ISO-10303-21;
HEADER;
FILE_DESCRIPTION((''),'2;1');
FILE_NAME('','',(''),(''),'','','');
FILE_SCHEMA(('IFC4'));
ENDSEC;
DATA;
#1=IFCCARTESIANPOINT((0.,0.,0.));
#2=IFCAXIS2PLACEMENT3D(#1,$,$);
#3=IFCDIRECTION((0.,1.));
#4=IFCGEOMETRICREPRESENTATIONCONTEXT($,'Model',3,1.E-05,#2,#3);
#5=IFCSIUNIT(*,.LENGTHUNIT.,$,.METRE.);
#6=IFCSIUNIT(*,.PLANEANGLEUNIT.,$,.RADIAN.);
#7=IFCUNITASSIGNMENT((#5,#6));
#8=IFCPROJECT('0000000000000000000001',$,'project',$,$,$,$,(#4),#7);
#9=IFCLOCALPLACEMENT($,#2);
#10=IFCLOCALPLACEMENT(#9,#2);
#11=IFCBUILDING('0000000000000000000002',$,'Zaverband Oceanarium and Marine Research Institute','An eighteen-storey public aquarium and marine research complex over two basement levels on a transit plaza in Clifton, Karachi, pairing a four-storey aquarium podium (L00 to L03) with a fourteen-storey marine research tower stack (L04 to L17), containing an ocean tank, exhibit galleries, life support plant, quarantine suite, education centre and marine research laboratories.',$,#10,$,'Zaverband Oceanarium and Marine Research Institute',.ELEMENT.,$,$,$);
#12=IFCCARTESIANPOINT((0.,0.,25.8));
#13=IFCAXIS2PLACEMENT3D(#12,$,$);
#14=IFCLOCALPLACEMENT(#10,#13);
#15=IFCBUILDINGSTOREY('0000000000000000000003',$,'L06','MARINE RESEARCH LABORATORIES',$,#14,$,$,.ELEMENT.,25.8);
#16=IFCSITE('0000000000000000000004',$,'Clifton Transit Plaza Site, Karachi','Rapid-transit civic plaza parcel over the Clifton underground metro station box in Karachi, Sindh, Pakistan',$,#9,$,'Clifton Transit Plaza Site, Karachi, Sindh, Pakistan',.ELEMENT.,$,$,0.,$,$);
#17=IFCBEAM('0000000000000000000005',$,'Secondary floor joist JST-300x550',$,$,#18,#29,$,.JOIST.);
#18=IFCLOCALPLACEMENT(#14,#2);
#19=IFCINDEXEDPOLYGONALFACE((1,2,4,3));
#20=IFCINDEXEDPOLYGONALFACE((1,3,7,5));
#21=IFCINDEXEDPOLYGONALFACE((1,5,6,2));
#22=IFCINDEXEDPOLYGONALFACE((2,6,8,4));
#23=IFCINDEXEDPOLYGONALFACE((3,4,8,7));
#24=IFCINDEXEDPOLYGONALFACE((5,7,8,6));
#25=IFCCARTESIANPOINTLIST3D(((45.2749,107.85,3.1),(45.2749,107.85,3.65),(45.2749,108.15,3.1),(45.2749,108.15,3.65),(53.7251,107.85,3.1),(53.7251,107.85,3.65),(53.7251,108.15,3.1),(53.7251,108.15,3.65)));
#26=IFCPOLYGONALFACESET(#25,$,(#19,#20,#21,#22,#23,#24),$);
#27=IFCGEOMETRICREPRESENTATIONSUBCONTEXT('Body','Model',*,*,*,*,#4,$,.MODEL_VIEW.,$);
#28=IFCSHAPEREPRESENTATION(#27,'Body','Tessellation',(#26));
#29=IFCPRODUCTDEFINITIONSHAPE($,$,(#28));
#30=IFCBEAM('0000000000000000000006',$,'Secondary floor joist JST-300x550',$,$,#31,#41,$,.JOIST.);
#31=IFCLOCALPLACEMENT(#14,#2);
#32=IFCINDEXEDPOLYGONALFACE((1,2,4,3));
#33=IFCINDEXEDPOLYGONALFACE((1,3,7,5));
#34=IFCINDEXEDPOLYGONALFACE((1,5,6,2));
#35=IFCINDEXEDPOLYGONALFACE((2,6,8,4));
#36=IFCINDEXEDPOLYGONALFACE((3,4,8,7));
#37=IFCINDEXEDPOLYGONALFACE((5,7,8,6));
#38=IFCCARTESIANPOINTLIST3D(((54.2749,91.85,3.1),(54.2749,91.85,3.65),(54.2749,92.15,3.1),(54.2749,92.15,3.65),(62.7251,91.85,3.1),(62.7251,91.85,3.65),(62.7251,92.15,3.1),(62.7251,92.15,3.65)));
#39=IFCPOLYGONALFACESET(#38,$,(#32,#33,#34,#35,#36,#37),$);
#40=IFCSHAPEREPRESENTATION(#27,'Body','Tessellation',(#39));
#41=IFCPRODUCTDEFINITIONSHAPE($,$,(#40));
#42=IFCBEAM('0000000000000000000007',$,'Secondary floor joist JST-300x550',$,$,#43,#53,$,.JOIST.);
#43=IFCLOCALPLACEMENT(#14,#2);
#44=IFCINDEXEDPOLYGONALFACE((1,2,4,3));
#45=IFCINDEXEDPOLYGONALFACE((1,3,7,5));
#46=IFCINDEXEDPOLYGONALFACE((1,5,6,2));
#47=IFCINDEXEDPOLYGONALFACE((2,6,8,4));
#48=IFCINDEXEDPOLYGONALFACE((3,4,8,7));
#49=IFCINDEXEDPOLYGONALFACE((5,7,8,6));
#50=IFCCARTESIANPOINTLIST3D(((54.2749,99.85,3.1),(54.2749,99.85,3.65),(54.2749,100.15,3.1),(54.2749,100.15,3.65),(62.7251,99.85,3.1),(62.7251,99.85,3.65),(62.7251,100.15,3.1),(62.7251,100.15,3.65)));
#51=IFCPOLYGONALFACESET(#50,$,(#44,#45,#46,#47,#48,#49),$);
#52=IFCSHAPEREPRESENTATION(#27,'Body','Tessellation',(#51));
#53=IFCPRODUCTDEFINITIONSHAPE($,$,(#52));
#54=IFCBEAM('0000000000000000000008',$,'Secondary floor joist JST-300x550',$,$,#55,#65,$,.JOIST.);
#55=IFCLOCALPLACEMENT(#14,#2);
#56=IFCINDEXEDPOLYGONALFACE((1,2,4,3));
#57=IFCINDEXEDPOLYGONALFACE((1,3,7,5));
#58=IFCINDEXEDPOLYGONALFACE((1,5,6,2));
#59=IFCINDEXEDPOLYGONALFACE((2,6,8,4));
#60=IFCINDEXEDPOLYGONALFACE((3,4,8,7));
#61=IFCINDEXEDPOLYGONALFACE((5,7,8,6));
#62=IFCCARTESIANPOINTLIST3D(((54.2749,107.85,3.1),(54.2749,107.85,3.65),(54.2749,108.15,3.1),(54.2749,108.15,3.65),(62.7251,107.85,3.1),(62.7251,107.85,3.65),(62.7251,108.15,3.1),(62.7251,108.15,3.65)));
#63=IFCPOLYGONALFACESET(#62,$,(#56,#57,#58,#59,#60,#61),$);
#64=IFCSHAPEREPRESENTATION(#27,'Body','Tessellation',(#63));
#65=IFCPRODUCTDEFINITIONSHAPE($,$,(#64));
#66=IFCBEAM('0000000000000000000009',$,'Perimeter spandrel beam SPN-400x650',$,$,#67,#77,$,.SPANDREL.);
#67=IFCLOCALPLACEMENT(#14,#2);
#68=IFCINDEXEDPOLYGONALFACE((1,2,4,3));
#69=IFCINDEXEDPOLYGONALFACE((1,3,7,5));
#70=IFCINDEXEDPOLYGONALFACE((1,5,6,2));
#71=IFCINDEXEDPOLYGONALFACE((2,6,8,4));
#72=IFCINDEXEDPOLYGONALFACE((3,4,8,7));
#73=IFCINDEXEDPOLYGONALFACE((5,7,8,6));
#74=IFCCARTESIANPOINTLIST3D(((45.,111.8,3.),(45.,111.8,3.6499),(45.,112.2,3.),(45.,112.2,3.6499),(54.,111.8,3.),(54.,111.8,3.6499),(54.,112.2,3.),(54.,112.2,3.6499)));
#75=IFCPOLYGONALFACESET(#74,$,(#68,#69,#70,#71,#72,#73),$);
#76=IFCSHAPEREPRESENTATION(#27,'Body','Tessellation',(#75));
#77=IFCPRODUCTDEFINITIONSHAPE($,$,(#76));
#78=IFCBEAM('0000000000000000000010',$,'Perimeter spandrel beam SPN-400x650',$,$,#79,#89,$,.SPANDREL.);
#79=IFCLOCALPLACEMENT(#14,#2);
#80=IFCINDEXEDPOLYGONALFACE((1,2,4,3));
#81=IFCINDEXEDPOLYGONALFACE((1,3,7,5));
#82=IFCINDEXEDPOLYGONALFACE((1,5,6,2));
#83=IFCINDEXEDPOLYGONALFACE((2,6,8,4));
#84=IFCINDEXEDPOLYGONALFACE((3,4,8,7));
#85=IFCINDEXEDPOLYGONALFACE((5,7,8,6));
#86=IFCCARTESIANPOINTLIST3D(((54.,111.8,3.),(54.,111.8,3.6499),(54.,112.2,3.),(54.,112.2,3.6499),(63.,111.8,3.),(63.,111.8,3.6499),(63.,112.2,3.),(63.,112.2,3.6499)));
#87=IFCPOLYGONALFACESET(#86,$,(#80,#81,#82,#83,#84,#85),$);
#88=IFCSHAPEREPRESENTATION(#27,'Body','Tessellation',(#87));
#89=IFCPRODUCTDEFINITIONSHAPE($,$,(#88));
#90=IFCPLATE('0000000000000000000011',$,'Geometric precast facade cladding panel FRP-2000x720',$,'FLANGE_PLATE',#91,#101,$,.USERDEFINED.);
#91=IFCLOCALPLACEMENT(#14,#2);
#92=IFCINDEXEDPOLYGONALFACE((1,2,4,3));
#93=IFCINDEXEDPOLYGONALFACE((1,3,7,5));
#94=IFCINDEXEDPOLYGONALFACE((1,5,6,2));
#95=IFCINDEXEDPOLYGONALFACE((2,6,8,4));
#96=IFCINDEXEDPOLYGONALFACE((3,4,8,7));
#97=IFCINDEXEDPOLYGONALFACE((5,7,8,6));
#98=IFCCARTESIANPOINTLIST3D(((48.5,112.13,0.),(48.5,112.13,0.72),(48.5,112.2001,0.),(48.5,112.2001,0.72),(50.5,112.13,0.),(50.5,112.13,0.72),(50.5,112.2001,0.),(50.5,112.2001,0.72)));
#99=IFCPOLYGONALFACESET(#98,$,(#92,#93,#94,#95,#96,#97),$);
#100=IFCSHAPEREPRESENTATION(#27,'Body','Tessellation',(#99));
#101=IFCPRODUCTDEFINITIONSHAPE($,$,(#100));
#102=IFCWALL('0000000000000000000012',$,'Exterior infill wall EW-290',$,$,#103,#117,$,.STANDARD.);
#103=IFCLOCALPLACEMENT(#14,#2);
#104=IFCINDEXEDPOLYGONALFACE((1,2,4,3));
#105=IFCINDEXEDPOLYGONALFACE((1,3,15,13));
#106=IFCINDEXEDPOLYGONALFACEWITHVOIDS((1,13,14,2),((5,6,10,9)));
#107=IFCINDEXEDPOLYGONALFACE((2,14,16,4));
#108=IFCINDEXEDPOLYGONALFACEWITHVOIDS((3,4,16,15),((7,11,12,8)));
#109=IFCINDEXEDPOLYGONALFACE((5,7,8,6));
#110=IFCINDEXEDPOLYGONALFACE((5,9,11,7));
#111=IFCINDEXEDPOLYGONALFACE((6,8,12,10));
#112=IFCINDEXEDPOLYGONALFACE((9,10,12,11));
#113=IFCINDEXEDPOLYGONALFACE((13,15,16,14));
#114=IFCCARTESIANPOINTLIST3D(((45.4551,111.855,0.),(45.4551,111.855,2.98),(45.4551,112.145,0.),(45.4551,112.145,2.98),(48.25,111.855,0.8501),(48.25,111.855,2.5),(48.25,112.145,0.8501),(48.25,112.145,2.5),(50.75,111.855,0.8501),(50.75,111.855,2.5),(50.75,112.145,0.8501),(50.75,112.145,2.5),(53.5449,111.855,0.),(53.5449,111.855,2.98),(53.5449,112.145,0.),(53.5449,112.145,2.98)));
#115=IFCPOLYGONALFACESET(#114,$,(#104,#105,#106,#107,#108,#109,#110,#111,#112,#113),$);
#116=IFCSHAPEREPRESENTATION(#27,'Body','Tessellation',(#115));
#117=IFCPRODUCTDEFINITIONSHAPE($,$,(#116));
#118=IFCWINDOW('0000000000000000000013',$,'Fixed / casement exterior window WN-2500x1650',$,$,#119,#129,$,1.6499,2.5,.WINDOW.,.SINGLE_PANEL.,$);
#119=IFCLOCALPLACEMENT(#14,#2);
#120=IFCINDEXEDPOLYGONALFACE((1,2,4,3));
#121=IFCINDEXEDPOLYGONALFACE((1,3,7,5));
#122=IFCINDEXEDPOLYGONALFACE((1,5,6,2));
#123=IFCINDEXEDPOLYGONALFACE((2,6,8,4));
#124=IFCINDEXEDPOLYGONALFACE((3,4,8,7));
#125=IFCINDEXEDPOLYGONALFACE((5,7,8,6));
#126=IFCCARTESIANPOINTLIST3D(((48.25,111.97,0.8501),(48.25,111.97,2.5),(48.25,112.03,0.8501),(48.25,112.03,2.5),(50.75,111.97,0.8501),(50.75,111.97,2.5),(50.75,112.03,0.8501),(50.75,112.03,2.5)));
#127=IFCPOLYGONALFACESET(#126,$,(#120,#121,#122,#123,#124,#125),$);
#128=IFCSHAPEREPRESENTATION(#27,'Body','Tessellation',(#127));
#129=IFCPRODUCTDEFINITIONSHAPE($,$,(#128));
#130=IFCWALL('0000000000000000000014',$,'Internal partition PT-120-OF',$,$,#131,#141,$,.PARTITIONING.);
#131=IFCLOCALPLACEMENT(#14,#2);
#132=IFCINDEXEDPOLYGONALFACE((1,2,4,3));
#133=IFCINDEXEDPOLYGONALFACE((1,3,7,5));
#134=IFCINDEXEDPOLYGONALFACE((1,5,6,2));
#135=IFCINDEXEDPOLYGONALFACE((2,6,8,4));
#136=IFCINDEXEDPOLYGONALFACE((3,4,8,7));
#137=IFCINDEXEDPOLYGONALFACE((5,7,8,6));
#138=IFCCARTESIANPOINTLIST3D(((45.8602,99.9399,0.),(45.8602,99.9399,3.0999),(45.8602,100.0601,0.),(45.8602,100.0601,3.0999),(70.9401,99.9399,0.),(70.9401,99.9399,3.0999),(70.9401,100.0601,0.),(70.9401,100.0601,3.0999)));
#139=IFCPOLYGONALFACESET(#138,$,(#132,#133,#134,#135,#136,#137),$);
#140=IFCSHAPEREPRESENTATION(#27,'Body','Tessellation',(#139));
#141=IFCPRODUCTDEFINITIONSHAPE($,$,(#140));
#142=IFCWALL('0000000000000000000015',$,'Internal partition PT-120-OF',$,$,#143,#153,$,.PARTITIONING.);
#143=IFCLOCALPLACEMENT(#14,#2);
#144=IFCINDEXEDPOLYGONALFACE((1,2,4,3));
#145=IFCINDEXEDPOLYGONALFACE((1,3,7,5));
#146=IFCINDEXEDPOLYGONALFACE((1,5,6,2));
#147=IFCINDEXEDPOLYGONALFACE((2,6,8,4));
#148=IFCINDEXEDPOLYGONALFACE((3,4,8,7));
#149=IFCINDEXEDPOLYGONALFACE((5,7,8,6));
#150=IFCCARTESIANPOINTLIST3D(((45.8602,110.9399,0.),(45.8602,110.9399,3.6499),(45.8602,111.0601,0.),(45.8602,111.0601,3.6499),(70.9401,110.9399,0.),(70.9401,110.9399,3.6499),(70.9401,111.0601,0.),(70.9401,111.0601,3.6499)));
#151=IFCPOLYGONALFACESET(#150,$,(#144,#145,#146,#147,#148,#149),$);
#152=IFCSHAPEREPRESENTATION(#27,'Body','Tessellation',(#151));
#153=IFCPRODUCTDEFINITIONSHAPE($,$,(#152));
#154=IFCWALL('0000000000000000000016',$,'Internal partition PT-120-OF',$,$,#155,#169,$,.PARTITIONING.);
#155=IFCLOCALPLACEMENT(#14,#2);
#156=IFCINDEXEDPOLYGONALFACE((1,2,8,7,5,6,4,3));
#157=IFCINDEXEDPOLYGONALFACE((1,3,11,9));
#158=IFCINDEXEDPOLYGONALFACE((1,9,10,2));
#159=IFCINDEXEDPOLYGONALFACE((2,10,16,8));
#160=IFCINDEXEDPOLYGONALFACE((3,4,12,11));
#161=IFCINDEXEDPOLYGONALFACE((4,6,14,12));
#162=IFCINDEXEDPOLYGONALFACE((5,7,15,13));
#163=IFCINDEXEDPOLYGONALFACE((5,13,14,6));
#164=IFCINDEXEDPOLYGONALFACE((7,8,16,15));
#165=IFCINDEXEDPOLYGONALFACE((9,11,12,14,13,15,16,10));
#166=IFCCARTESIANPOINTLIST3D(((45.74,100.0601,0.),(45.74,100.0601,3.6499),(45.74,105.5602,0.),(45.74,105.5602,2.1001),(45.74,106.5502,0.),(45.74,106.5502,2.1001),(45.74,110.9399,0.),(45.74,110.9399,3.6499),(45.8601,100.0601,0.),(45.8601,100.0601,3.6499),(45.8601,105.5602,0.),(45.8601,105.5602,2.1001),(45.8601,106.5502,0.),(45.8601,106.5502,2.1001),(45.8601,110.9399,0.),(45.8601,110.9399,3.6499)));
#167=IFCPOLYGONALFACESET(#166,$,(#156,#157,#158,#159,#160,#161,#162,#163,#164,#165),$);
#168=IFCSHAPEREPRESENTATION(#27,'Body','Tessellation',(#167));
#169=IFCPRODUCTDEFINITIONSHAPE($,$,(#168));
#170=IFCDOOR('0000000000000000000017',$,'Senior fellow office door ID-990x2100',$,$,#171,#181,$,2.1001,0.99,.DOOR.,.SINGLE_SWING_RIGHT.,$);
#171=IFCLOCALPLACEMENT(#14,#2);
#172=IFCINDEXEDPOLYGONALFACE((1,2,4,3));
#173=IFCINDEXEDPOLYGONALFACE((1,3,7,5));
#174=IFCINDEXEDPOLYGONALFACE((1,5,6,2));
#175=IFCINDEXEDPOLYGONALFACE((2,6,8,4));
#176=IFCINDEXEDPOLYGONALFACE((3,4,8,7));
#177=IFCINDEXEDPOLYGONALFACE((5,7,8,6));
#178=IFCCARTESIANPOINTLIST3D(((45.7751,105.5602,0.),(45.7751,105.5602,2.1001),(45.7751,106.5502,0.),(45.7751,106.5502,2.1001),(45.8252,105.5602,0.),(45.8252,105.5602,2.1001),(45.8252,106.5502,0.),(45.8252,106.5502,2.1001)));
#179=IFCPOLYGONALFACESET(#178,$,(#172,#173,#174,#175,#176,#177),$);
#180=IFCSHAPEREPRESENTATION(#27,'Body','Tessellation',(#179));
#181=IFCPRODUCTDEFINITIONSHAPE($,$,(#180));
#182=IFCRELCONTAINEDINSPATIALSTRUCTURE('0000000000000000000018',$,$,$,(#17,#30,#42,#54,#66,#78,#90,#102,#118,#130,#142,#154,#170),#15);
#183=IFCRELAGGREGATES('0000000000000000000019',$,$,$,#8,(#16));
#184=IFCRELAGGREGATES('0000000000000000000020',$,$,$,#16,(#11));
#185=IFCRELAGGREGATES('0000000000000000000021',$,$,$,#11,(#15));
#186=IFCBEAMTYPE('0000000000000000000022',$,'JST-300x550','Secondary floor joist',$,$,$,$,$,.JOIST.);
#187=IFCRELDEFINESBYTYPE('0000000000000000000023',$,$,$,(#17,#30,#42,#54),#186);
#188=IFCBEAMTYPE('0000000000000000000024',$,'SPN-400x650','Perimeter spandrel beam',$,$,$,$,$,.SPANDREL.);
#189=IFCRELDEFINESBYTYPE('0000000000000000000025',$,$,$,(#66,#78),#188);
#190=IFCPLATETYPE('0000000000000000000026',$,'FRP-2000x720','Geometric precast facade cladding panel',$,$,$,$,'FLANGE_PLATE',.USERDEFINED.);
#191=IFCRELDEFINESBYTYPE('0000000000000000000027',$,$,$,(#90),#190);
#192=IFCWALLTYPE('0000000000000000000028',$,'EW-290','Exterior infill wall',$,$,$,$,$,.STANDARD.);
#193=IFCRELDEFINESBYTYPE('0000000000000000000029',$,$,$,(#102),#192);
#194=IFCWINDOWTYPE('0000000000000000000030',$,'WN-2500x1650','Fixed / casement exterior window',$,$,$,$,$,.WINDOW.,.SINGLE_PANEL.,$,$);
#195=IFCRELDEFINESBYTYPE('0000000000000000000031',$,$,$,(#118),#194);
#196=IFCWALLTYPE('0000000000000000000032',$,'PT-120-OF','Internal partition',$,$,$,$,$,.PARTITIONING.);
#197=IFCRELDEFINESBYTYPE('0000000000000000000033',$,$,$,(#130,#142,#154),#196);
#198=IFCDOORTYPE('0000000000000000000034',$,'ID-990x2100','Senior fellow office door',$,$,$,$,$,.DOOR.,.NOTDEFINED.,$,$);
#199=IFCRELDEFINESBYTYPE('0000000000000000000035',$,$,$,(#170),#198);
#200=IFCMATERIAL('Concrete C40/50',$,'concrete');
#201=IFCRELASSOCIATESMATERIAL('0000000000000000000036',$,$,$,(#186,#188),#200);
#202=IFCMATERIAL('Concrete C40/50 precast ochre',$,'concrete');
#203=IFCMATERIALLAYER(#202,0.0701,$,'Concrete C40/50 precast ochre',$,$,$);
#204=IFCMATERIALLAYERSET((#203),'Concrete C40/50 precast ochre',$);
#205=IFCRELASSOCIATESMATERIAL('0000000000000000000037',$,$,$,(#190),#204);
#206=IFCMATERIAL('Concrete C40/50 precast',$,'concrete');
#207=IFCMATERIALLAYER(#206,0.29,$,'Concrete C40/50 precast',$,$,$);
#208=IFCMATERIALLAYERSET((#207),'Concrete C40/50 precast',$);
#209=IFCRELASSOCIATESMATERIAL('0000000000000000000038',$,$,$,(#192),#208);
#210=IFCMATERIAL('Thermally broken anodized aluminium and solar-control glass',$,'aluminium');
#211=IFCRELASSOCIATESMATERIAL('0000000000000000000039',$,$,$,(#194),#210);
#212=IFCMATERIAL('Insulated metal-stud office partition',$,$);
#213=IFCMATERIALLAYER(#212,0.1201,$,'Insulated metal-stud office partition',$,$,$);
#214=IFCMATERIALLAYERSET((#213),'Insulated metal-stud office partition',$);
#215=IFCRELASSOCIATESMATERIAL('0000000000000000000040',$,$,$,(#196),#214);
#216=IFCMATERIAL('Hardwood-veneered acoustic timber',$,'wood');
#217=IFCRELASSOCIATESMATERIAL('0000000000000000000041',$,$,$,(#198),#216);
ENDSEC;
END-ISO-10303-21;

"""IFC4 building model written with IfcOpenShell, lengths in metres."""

from ifc_helpers import new_model, si_unit, direction, frame, frame_2d, origin, origin_2d, place, context, subcontext, project, spatial, rectangle, extrude, material, layer, layer_set, material_profile, profile_set, type_object, element, fill, save


model = new_model("IFC4")

# Units and contexts
model_context = context("Model", 3, precision=1e-05, world=origin(), true_north=direction((0.0, 1.0)))
body_context = subcontext(model_context, "Body", "Model", "MODEL_VIEW")
ifc_project = project(units=[si_unit("LENGTHUNIT", "METRE"), si_unit("PLANEANGLEUNIT", "RADIAN")], contexts=[model_context])

# Site, building, storey
site_placement = place(None, origin())
site = spatial("IfcSite", under=ifc_project, at=site_placement, Name="Clifton Transit Plaza Site, Karachi", Description="Rapid-transit civic plaza parcel over the Clifton underground metro station box in Karachi, Sindh, Pakistan", LongName="Clifton Transit Plaza Site, Karachi, Sindh, Pakistan", CompositionType="ELEMENT", RefElevation=0.0)
building_placement = place(site_placement, origin())
building = spatial("IfcBuilding", under=site, at=building_placement, Name="Zaverband Oceanarium and Marine Research Institute", Description="An eighteen-storey public aquarium and marine research complex over two basement levels on a transit plaza in Clifton, Karachi, pairing a four-storey aquarium podium (L00 to L03) with a fourteen-storey marine research tower stack (L04 to L17), containing an ocean tank, exhibit galleries, life support plant, quarantine suite, education centre and marine research laboratories.", LongName="Zaverband Oceanarium and Marine Research Institute", CompositionType="ELEMENT")
storey_placement = place(building_placement, frame((0.0, 0.0, 25.8)))
storey = spatial("IfcBuildingStorey", under=building, at=storey_placement, Name="L06", Description="MARINE RESEARCH LABORATORIES", CompositionType="ELEMENT", Elevation=25.8)

# Shared definitions
ifc_material_1 = material(Name="Concrete C40/50", Category="concrete")

# Beams
ifc_material_profile_1 = material_profile(ifc_material_1, rectangle(XDim=0.3, YDim=0.55, at=origin_2d()), Name="RC300x550")
ifc_profile_set_1 = profile_set([ifc_material_profile_1], Name="Concrete C40/50")
beam_type_1 = type_object("IfcBeamType", Name="JST-300x550", Description="Secondary floor joist", PredefinedType="JOIST", material=ifc_profile_set_1)
for number, where, z_axis, x_axis, name in (
    (1, (45.2749, 108.0, 3.375), (1.0, 0.0, 0.0), (0.0, 1.0, 0.0), "Secondary floor joist JST-300x550"),
    (2, (54.2749, 92.0, 3.375), (1.0, 0.0, 0.0), (0.0, 1.0, 0.0), "Secondary floor joist JST-300x550"),
    (3, (54.2749, 100.0, 3.375), (1.0, 0.0, 0.0), (0.0, 1.0, 0.0), "Secondary floor joist JST-300x550"),
    (4, (54.2749, 108.0, 3.375), (1.0, 0.0, 0.0), (0.0, 1.0, 0.0), "Secondary floor joist JST-300x550"),
):
    element("IfcBeam", number, at=place(storey_placement, frame(where, z_axis=z_axis, x_axis=x_axis)), inside=storey, type_object=beam_type_1, Name=name, PredefinedType="JOIST", context=body_context, shape_type="SweptSolid", body=[
        extrude(rectangle(XDim=0.3, YDim=0.55, at=origin_2d()), origin(), (0.0, 0.0, 1.0), 8.4502),
    ])
ifc_material_profile_2 = material_profile(ifc_material_1, rectangle(XDim=0.3999, YDim=0.6499, at=origin_2d()), Name="RC400x650")
ifc_profile_set_2 = profile_set([ifc_material_profile_2], Name="Concrete C40/50")
beam_type_2 = type_object("IfcBeamType", Name="SPN-400x650", Description="Perimeter spandrel beam", PredefinedType="SPANDREL", material=ifc_profile_set_2)
for number, where, z_axis, x_axis, name in (
    (5, (45.0, 112.0, 3.325), (1.0, 0.0, 0.0), (0.0, 1.0, 0.0), "Perimeter spandrel beam SPN-400x650"),
    (6, (54.0, 112.0, 3.325), (1.0, 0.0, 0.0), (0.0, 1.0, 0.0), "Perimeter spandrel beam SPN-400x650"),
):
    element("IfcBeam", number, at=place(storey_placement, frame(where, z_axis=z_axis, x_axis=x_axis)), inside=storey, type_object=beam_type_2, Name=name, PredefinedType="SPANDREL", context=body_context, shape_type="SweptSolid", body=[
        extrude(rectangle(XDim=0.3999, YDim=0.6499, at=origin_2d()), origin(), (0.0, 0.0, 1.0), 9.0),
    ])

# Plate
ifc_material_2 = material(Name="Concrete C40/50 precast ochre", Category="concrete")
ifc_layer_1 = layer(ifc_material_2, 0.0701, Name="Concrete C40/50 precast ochre")
ifc_layer_set_1 = layer_set([ifc_layer_1], Name="Concrete C40/50 precast ochre")
plate_type = type_object("IfcPlateType", Name="FRP-2000x720", Description="Geometric precast facade cladding panel", ElementType="FLANGE_PLATE", PredefinedType="USERDEFINED", material=ifc_layer_set_1)
plate_placement = place(storey_placement, frame((48.5, 112.165, 0.0), z_axis=(0.0, 0.0, 1.0), x_axis=(1.0, 0.0, 0.0)))
element("IfcPlate", 7, at=plate_placement, inside=storey, type_object=plate_type, Name="Geometric precast facade cladding panel FRP-2000x720", ObjectType="FLANGE_PLATE", PredefinedType="USERDEFINED", context=body_context, shape_type="SweptSolid", body=[
    extrude(rectangle(XDim=2.0, YDim=0.0701, at=frame_2d((1.0, 0.0))), origin(), (0.0, 0.0, 1.0), 0.72),
])

# Wall, opening, window
ifc_material_3 = material(Name="Concrete C40/50 precast", Category="concrete")
ifc_layer_2 = layer(ifc_material_3, 0.29, Name="Concrete C40/50 precast")
ifc_layer_set_2 = layer_set([ifc_layer_2], Name="Concrete C40/50 precast")
wall_type_1 = type_object("IfcWallType", Name="EW-290", Description="Exterior infill wall", PredefinedType="STANDARD", material=ifc_layer_set_2)
wall_1_placement = place(storey_placement, frame((45.4551, 112.0, 0.0), z_axis=(0.0, 0.0, 1.0), x_axis=(1.0, 0.0, 0.0)))
wall_1 = element("IfcWall", 8, at=wall_1_placement, inside=storey, type_object=wall_type_1, Name="Exterior infill wall EW-290", PredefinedType="STANDARD", context=body_context, shape_type="SweptSolid", body=[
    extrude(rectangle(XDim=8.0898, YDim=0.29, at=frame_2d((4.0449, 0.0))), origin(), (0.0, 0.0, 1.0), 2.98),
])
opening_1_placement = place(wall_1_placement, frame((2.7949, 0.0, 0.8501)))
opening_1 = element("IfcOpeningElement", 9, at=opening_1_placement, cuts=wall_1, PredefinedType="OPENING", context=body_context, shape_type="SweptSolid", body=[
    extrude(rectangle(XDim=2.5, YDim=1.6499, at=frame_2d((1.25, 0.825))), frame((0.0, 0.157, 0.0), z_axis=(0.0, -1.0, 0.0), x_axis=(1.0, 0.0, 0.0)), (0.0, 0.0, 1.0), 0.314),
])
ifc_material_4 = material(Name="Thermally broken anodized aluminium and solar-control glass", Category="aluminium")
window_type = type_object("IfcWindowType", Name="WN-2500x1650", Description="Fixed / casement exterior window", PartitioningType="SINGLE_PANEL", PredefinedType="WINDOW", material=ifc_material_4)
window_placement = place(opening_1_placement, origin())
window = element("IfcWindow", 10, at=window_placement, inside=storey, type_object=window_type, Name="Fixed / casement exterior window WN-2500x1650", OverallHeight=1.6499, OverallWidth=2.5, PartitioningType="SINGLE_PANEL", PredefinedType="WINDOW", context=body_context, shape_type="SweptSolid", body=[
    extrude(rectangle(XDim=2.5, YDim=1.6499, at=frame_2d((1.25, 0.825))), frame((0.0, 0.03, 0.0), z_axis=(0.0, -1.0, 0.0), x_axis=(1.0, 0.0, 0.0)), (0.0, 0.0, 1.0), 0.0601),
])
fill(opening_1, window)

# Walls
ifc_material_5 = material(Name="Insulated metal-stud office partition")
ifc_layer_3 = layer(ifc_material_5, 0.1201, Name="Insulated metal-stud office partition")
ifc_layer_set_3 = layer_set([ifc_layer_3], Name="Insulated metal-stud office partition")
wall_type_2 = type_object("IfcWallType", Name="PT-120-OF", Description="Internal partition", PredefinedType="PARTITIONING", material=ifc_layer_set_3)
wall_2_placement = place(storey_placement, frame((45.8601, 100.0, 0.0), z_axis=(0.0, 0.0, 1.0), x_axis=(1.0, 0.0, 0.0)))
element("IfcWall", 11, at=wall_2_placement, inside=storey, type_object=wall_type_2, Name="Internal partition PT-120-OF", PredefinedType="PARTITIONING", context=body_context, shape_type="SweptSolid", body=[
    extrude(rectangle(XDim=25.0798, YDim=0.1201, at=frame_2d((12.54, 0.0))), origin(), (0.0, 0.0, 1.0), 3.0999),
])
wall_3_placement = place(storey_placement, frame((45.8601, 111.0, 0.0), z_axis=(0.0, 0.0, 1.0), x_axis=(1.0, 0.0, 0.0)))
element("IfcWall", 12, at=wall_3_placement, inside=storey, type_object=wall_type_2, Name="Internal partition PT-120-OF", PredefinedType="PARTITIONING", context=body_context, shape_type="SweptSolid", body=[
    extrude(rectangle(XDim=25.0798, YDim=0.1201, at=frame_2d((12.54, 0.0))), origin(), (0.0, 0.0, 1.0), 3.6499),
])

# Wall, opening, door
wall_4_placement = place(storey_placement, frame((45.8, 100.0601, 0.0), z_axis=(0.0, 0.0, 1.0), x_axis=(0.0, 1.0, 0.0)))
wall_4 = element("IfcWall", 13, at=wall_4_placement, inside=storey, type_object=wall_type_2, Name="Internal partition PT-120-OF", PredefinedType="PARTITIONING", context=body_context, shape_type="SweptSolid", body=[
    extrude(rectangle(XDim=10.8799, YDim=0.1201, at=frame_2d((5.4399, 0.0))), origin(), (0.0, 0.0, 1.0), 3.6499),
])
opening_2_placement = place(wall_4_placement, frame((5.5, 0.0, 0.0)))
opening_2 = element("IfcOpeningElement", 14, at=opening_2_placement, cuts=wall_4, PredefinedType="OPENING", context=body_context, shape_type="SweptSolid", body=[
    extrude(rectangle(XDim=0.99, YDim=2.1001, at=frame_2d((0.4951, 1.05))), frame((0.0, 0.072, 0.0), z_axis=(0.0, -1.0, 0.0), x_axis=(1.0, 0.0, 0.0)), (0.0, 0.0, 1.0), 0.144),
])
ifc_material_6 = material(Name="Hardwood-veneered acoustic timber", Category="wood")
door_type_1 = type_object("IfcDoorType", Name="ID-990x2100", Description="Senior fellow office door", OperationType="NOTDEFINED", PredefinedType="DOOR", material=ifc_material_6)
door_1_placement = place(opening_2_placement, origin())
door_1 = element("IfcDoor", 15, at=door_1_placement, inside=storey, type_object=door_type_1, Name="Senior fellow office door ID-990x2100", OperationType="SINGLE_SWING_RIGHT", OverallHeight=2.1001, OverallWidth=0.99, PredefinedType="DOOR", context=body_context, shape_type="SweptSolid", body=[
    extrude(rectangle(XDim=0.99, YDim=2.1001, at=frame_2d((0.4951, 1.05))), frame((0.0, 0.0249, 0.0), z_axis=(0.0, -1.0, 0.0), x_axis=(1.0, 0.0, 0.0)), (0.0, 0.0, 1.0), 0.05),
])
fill(opening_2, door_1)

save(model, "model.ifc")
